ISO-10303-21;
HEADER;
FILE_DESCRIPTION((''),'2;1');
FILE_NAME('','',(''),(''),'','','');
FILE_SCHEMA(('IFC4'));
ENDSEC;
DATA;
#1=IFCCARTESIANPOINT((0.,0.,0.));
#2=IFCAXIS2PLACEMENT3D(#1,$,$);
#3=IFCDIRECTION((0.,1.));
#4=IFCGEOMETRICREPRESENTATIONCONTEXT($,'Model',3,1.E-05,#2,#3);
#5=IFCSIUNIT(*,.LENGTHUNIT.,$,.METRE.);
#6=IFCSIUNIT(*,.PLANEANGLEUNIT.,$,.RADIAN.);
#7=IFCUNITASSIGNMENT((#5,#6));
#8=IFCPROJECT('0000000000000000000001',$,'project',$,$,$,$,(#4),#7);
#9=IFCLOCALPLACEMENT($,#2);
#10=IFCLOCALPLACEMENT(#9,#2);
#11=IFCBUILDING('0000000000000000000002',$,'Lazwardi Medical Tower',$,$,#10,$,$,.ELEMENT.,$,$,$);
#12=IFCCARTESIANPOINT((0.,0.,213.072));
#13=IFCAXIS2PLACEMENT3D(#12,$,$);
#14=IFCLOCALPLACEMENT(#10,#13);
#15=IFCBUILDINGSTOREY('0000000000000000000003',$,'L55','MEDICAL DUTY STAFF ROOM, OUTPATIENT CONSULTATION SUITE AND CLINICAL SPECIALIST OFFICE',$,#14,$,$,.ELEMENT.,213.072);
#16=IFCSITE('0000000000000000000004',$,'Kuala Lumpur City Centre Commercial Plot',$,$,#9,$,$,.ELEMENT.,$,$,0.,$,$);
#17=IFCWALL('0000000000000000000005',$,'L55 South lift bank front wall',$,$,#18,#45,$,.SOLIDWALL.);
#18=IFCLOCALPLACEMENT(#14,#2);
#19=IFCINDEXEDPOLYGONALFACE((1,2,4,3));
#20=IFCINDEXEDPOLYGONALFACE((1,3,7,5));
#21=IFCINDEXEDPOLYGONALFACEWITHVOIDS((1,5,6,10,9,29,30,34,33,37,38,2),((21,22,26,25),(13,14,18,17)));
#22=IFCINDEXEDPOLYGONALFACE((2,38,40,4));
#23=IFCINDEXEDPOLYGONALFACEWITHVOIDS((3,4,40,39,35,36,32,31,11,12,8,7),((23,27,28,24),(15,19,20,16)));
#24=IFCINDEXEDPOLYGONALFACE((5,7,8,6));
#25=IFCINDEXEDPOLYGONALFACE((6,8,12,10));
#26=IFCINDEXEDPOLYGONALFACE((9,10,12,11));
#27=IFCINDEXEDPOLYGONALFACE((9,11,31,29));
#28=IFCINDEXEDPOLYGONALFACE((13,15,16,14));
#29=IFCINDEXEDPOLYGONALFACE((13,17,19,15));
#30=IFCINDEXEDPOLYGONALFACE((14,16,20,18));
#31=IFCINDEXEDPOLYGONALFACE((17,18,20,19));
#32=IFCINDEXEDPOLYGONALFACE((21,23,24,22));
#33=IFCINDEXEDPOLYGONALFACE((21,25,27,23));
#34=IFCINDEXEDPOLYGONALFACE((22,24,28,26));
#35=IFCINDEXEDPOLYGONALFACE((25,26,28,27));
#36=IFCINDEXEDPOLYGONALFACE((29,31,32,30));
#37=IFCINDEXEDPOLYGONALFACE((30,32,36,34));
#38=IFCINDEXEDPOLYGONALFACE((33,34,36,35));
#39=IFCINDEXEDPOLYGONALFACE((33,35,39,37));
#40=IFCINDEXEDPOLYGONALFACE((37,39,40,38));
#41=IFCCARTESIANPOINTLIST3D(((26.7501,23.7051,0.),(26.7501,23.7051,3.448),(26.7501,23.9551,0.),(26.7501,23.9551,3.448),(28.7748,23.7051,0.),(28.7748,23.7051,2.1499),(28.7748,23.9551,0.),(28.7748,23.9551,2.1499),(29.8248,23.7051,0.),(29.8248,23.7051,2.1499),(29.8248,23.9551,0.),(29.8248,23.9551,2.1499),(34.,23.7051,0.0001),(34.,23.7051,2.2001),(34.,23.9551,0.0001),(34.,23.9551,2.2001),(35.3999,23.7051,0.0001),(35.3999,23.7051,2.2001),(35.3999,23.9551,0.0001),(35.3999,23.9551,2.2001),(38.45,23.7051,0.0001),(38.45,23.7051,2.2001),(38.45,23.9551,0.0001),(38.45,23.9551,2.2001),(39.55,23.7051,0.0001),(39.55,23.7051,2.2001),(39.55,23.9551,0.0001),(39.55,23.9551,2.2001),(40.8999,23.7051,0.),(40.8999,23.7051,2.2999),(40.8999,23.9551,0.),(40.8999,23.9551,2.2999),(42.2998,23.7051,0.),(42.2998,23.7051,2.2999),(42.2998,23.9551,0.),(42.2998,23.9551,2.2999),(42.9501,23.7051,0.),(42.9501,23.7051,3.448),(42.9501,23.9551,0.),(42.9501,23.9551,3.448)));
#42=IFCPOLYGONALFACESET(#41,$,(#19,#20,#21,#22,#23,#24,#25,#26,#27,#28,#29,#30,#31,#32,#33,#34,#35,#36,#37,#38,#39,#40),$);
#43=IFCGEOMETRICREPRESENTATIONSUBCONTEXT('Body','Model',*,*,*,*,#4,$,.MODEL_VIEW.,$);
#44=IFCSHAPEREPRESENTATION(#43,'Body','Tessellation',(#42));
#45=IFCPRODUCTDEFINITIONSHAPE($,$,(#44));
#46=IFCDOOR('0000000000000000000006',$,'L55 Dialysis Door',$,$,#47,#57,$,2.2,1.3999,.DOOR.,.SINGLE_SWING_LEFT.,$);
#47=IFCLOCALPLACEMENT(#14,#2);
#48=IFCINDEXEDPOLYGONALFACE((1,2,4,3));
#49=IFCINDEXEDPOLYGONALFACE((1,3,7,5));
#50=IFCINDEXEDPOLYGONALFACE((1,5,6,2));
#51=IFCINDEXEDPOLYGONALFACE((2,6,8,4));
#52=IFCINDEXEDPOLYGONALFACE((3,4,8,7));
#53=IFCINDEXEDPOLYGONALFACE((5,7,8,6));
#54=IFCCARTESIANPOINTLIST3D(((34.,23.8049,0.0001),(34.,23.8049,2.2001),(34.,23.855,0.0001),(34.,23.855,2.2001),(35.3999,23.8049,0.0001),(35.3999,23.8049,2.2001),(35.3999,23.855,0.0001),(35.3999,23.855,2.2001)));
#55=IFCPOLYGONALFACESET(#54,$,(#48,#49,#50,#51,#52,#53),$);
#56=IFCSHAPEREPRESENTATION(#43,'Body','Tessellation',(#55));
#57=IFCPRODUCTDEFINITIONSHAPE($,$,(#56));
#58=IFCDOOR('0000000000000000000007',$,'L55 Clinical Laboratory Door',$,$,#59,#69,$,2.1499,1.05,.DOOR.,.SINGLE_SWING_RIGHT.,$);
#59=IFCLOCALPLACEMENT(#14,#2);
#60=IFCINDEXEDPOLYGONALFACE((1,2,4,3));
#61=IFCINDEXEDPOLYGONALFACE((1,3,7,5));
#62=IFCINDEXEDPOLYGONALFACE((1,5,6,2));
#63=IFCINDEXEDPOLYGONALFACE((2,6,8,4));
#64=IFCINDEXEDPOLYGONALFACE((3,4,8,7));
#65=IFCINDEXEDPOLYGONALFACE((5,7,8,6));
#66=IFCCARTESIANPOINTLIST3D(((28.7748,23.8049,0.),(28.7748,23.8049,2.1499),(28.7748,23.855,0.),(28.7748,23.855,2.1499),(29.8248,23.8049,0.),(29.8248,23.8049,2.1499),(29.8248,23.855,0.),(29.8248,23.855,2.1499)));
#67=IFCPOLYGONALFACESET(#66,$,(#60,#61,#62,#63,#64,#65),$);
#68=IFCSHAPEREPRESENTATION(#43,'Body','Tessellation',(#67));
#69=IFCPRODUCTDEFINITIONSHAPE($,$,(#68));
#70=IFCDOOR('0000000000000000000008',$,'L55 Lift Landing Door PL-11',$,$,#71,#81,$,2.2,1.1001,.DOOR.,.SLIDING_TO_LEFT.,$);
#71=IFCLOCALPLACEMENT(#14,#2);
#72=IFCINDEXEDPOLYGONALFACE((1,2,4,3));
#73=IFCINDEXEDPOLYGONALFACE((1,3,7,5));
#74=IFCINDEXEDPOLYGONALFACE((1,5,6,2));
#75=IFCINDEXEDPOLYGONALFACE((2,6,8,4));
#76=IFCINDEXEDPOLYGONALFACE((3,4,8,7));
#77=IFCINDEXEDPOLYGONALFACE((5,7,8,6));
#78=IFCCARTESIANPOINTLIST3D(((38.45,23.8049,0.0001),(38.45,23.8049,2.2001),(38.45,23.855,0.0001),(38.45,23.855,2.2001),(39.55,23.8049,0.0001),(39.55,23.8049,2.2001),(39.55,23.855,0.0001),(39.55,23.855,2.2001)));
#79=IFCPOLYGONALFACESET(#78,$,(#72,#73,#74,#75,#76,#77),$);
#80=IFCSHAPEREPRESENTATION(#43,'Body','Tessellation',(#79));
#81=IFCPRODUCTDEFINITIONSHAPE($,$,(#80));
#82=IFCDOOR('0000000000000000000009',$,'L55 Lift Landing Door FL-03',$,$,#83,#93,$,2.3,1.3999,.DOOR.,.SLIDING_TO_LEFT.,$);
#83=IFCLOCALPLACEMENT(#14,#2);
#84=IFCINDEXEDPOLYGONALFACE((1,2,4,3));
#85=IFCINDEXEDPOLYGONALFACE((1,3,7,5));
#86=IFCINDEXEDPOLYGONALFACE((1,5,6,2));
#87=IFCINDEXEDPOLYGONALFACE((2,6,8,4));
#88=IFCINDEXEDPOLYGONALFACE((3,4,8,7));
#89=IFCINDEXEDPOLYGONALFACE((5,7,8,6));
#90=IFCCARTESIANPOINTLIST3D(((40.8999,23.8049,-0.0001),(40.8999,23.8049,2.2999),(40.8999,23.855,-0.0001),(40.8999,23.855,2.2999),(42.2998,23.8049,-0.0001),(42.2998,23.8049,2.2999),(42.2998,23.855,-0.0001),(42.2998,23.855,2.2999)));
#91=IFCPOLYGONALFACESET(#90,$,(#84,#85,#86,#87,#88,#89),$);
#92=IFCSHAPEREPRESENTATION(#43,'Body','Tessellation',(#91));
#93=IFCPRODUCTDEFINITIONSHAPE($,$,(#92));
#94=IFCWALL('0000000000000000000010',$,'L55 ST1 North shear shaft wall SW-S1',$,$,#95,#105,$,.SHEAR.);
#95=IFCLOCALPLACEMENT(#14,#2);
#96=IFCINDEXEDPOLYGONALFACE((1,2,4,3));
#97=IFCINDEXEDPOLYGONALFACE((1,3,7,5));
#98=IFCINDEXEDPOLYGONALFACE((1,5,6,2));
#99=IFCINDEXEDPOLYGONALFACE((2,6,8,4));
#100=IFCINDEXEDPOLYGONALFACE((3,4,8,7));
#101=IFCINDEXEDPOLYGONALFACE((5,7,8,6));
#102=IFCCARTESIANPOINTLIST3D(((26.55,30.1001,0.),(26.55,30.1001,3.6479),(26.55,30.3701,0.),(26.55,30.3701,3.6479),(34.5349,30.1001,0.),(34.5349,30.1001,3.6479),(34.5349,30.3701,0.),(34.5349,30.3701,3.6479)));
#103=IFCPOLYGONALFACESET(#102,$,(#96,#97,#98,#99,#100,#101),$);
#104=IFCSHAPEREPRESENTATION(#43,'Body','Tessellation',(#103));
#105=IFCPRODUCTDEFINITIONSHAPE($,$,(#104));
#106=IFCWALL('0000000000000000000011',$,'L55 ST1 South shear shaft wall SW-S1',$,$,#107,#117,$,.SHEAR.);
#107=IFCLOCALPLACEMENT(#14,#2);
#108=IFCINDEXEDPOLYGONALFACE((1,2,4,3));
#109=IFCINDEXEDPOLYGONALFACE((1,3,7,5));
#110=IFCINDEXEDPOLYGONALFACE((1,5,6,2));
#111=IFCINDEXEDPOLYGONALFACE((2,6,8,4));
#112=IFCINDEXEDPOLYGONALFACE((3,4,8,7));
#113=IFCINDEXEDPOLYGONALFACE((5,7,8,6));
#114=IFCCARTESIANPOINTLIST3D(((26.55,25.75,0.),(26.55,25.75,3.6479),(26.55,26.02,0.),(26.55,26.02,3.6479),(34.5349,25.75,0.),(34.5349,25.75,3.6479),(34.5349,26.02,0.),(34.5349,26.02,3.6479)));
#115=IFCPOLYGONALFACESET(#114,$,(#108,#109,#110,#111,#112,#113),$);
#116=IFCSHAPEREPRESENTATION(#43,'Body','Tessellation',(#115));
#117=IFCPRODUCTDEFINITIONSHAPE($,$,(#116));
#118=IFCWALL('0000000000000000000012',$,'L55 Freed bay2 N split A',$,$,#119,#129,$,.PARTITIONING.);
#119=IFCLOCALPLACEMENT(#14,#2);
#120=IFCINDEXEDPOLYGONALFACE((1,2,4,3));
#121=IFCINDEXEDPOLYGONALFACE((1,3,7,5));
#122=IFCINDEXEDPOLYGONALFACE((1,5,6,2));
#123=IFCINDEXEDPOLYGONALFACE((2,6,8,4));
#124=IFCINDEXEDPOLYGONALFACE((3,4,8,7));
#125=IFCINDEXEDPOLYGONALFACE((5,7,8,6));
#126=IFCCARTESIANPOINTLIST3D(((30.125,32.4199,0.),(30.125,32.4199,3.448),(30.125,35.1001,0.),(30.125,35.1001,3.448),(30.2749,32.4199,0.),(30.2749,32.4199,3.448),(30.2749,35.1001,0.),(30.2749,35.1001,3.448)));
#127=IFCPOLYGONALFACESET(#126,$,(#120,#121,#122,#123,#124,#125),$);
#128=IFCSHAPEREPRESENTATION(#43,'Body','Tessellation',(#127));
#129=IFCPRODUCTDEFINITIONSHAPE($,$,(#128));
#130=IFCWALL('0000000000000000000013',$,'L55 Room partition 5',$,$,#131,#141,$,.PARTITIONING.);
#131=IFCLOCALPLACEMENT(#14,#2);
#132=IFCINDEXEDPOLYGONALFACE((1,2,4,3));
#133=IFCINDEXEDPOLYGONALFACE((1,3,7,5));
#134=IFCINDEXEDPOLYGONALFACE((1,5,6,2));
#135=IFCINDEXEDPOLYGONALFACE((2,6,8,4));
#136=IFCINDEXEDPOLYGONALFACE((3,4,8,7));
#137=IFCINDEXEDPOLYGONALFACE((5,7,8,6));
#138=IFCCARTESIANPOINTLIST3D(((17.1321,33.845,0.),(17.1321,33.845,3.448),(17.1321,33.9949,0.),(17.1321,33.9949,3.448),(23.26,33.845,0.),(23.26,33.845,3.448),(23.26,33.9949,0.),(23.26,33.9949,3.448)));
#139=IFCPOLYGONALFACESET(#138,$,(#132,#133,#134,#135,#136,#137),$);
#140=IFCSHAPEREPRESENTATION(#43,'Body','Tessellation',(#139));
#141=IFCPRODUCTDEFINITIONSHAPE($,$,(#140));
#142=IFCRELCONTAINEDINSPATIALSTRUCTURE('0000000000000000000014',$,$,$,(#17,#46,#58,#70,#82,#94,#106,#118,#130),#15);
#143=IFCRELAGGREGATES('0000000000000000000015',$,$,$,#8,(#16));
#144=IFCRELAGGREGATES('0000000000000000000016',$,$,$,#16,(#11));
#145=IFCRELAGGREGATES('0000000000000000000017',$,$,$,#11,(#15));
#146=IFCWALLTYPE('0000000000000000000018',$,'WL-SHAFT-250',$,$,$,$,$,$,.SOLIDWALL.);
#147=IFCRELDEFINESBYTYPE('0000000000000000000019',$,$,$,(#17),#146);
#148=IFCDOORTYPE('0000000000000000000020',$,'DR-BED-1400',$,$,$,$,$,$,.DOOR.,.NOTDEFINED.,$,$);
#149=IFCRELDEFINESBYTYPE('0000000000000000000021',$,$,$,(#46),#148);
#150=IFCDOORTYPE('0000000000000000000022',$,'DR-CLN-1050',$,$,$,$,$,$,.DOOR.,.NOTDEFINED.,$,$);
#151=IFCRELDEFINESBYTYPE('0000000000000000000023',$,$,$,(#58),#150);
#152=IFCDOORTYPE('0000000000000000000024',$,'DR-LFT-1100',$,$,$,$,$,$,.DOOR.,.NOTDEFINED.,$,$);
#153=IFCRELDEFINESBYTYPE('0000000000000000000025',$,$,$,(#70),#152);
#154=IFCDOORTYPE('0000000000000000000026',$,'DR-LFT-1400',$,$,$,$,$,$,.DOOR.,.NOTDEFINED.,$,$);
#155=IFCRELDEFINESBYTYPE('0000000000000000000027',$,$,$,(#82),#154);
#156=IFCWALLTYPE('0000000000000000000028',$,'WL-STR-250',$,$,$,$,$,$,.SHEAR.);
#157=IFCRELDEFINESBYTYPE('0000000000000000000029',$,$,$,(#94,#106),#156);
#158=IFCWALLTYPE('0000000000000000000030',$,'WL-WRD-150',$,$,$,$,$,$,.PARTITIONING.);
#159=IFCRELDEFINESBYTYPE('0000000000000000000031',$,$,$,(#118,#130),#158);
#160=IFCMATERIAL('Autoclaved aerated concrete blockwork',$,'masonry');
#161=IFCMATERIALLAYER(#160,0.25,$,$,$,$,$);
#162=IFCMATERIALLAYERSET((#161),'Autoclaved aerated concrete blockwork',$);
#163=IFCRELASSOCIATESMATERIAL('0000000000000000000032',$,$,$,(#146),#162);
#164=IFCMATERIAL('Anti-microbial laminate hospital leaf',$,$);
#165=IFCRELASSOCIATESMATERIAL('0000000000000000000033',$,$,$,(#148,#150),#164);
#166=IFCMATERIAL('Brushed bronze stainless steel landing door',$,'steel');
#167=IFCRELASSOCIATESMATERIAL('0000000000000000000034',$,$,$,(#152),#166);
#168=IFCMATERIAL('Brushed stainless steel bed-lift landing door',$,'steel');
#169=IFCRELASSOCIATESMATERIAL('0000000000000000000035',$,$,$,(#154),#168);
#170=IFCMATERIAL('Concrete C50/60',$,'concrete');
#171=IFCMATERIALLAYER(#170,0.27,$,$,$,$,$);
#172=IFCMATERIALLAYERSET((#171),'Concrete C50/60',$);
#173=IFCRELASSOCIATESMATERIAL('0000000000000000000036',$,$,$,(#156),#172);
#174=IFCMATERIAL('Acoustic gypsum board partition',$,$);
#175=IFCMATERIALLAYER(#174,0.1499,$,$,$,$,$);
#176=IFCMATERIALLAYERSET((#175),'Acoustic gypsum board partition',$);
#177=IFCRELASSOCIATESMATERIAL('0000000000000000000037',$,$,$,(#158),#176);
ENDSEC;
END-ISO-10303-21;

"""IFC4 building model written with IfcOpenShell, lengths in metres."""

from ifc_helpers import new_model, si_unit, direction, frame, frame_2d, origin, place, context, subcontext, project, spatial, rectangle, extrude, material, layer, layer_set, type_object, element, fill, save


model = new_model("IFC4")

# Units and contexts
model_context = context("Model", 3, precision=1e-05, world=origin(), true_north=direction((0.0, 1.0)))
body_context = subcontext(model_context, "Body", "Model", "MODEL_VIEW")
ifc_project = project(units=[si_unit("LENGTHUNIT", "METRE"), si_unit("PLANEANGLEUNIT", "RADIAN")], contexts=[model_context])

# Site, building, storey
site_placement = place(None, origin())
site = spatial("IfcSite", under=ifc_project, at=site_placement, Name="Kuala Lumpur City Centre Commercial Plot", CompositionType="ELEMENT", RefElevation=0.0)
building_placement = place(site_placement, origin())
building = spatial("IfcBuilding", under=site, at=building_placement, Name="Lazwardi Medical Tower", CompositionType="ELEMENT")
storey_placement = place(building_placement, frame((0.0, 0.0, 213.072)))
storey = spatial("IfcBuildingStorey", under=building, at=storey_placement, Name="L55", Description="MEDICAL DUTY STAFF ROOM, OUTPATIENT CONSULTATION SUITE AND CLINICAL SPECIALIST OFFICE", CompositionType="ELEMENT", Elevation=213.072)

# Wall, openings, doors
ifc_material_1 = material(Name="Autoclaved aerated concrete blockwork", Category="masonry")
ifc_layer_1 = layer(ifc_material_1, 0.25)
ifc_layer_set_1 = layer_set([ifc_layer_1], Name="Autoclaved aerated concrete blockwork")
wall_type_1 = type_object("IfcWallType", Name="WL-SHAFT-250", PredefinedType="SOLIDWALL", material=ifc_layer_set_1)
wall_1_placement = place(storey_placement, frame((26.75, 23.8301, 0.0), z_axis=(0.0, 0.0, 1.0), x_axis=(1.0, 0.0, 0.0)))
wall_1 = element("IfcWall", 1, at=wall_1_placement, inside=storey, type_object=wall_type_1, Name="L55 South lift bank front wall", PredefinedType="SOLIDWALL", context=body_context, shape_type="SweptSolid", body=[
    extrude(rectangle(XDim=16.2, YDim=0.25, at=frame_2d((8.1001, 0.0))), origin(), (0.0, 0.0, 1.0), 3.448),
])
opening_1_placement = place(wall_1_placement, frame((2.0249, 0.0, 0.0)))
opening_1 = element("IfcOpeningElement", 2, at=opening_1_placement, cuts=wall_1, PredefinedType="OPENING", context=body_context, shape_type="SweptSolid", body=[
    extrude(rectangle(XDim=1.05, YDim=2.1499, at=frame_2d((0.5249, 1.075))), frame((0.0, 0.135, 0.0), z_axis=(0.0, -1.0, 0.0), x_axis=(1.0, 0.0, 0.0)), (0.0, 0.0, 1.0), 0.27),
])
opening_2_placement = place(wall_1_placement, frame((7.25, 0.0, 0.0)))
opening_2 = element("IfcOpeningElement", 3, at=opening_2_placement, cuts=wall_1, PredefinedType="OPENING", context=body_context, shape_type="SweptSolid", body=[
    extrude(rectangle(XDim=1.3999, YDim=2.2, at=frame_2d((0.7, 1.1001))), frame((0.0, 0.135, 0.0), z_axis=(0.0, -1.0, 0.0), x_axis=(1.0, 0.0, 0.0)), (0.0, 0.0, 1.0), 0.27),
])
opening_3_placement = place(wall_1_placement, frame((11.7, 0.0, 0.0)))
opening_3 = element("IfcOpeningElement", 4, at=opening_3_placement, cuts=wall_1, PredefinedType="OPENING", context=body_context, shape_type="SweptSolid", body=[
    extrude(rectangle(XDim=1.1001, YDim=2.2, at=frame_2d((0.55, 1.1001))), frame((0.0, 0.135, 0.0), z_axis=(0.0, -1.0, 0.0), x_axis=(1.0, 0.0, 0.0)), (0.0, 0.0, 1.0), 0.27),
])
opening_4_placement = place(wall_1_placement, frame((14.1499, 0.0, 0.0)))
opening_4 = element("IfcOpeningElement", 5, at=opening_4_placement, cuts=wall_1, PredefinedType="OPENING", context=body_context, shape_type="SweptSolid", body=[
    extrude(rectangle(XDim=1.3999, YDim=2.3, at=frame_2d((0.7, 1.1499))), frame((0.0, 0.135, 0.0), z_axis=(0.0, -1.0, 0.0), x_axis=(1.0, 0.0, 0.0)), (0.0, 0.0, 1.0), 0.27),
])
ifc_material_2 = material(Name="Anti-microbial laminate hospital leaf")
door_type_1 = type_object("IfcDoorType", Name="DR-BED-1400", OperationType="NOTDEFINED", PredefinedType="DOOR", material=ifc_material_2)
door_1_placement = place(opening_2_placement, origin())
door_1 = element("IfcDoor", 6, at=door_1_placement, inside=storey, type_object=door_type_1, Name="L55 Dialysis Door", OperationType="SINGLE_SWING_LEFT", OverallHeight=2.2, OverallWidth=1.3999, PredefinedType="DOOR", context=body_context, shape_type="SweptSolid", body=[
    extrude(rectangle(XDim=1.3999, YDim=2.2, at=frame_2d((0.7, 1.1001))), frame((0.0, 0.0249, 0.0), z_axis=(0.0, -1.0, 0.0), x_axis=(1.0, 0.0, 0.0)), (0.0, 0.0, 1.0), 0.05),
])
fill(opening_2, door_1)
door_type_2 = type_object("IfcDoorType", Name="DR-CLN-1050", OperationType="NOTDEFINED", PredefinedType="DOOR", material=ifc_material_2)
door_2_placement = place(opening_1_placement, origin())
door_2 = element("IfcDoor", 7, at=door_2_placement, inside=storey, type_object=door_type_2, Name="L55 Clinical Laboratory Door", OperationType="SINGLE_SWING_RIGHT", OverallHeight=2.1499, OverallWidth=1.05, PredefinedType="DOOR", context=body_context, shape_type="SweptSolid", body=[
    extrude(rectangle(XDim=1.05, YDim=2.1499, at=frame_2d((0.5249, 1.075))), frame((0.0, 0.0249, 0.0), z_axis=(0.0, -1.0, 0.0), x_axis=(1.0, 0.0, 0.0)), (0.0, 0.0, 1.0), 0.05),
])
fill(opening_1, door_2)
ifc_material_3 = material(Name="Brushed bronze stainless steel landing door", Category="steel")
door_type_3 = type_object("IfcDoorType", Name="DR-LFT-1100", OperationType="NOTDEFINED", PredefinedType="DOOR", material=ifc_material_3)
door_3_placement = place(opening_3_placement, origin())
door_3 = element("IfcDoor", 8, at=door_3_placement, inside=storey, type_object=door_type_3, Name="L55 Lift Landing Door PL-11", OperationType="SLIDING_TO_LEFT", OverallHeight=2.2, OverallWidth=1.1001, PredefinedType="DOOR", context=body_context, shape_type="SweptSolid", body=[
    extrude(rectangle(XDim=1.1001, YDim=2.2, at=frame_2d((0.55, 1.1001))), frame((0.0, 0.0249, 0.0), z_axis=(0.0, -1.0, 0.0), x_axis=(1.0, 0.0, 0.0)), (0.0, 0.0, 1.0), 0.05),
])
fill(opening_3, door_3)
ifc_material_4 = material(Name="Brushed stainless steel bed-lift landing door", Category="steel")
door_type_4 = type_object("IfcDoorType", Name="DR-LFT-1400", OperationType="NOTDEFINED", PredefinedType="DOOR", material=ifc_material_4)
door_4_placement = place(opening_4_placement, origin())
door_4 = element("IfcDoor", 9, at=door_4_placement, inside=storey, type_object=door_type_4, Name="L55 Lift Landing Door FL-03", OperationType="SLIDING_TO_LEFT", OverallHeight=2.3, OverallWidth=1.3999, PredefinedType="DOOR", context=body_context, shape_type="SweptSolid", body=[
    extrude(rectangle(XDim=1.3999, YDim=2.3, at=frame_2d((0.7, 1.1499))), frame((0.0, 0.0249, 0.0), z_axis=(0.0, -1.0, 0.0), x_axis=(1.0, 0.0, 0.0)), (0.0, 0.0, 1.0), 0.05),
])
fill(opening_4, door_4)

# Walls
ifc_material_5 = material(Name="Concrete C50/60", Category="concrete")
ifc_layer_2 = layer(ifc_material_5, 0.27)
ifc_layer_set_2 = layer_set([ifc_layer_2], Name="Concrete C50/60")
wall_type_2 = type_object("IfcWallType", Name="WL-STR-250", PredefinedType="SHEAR", material=ifc_layer_set_2)
for number, where, z_axis, x_axis, name in (
    (10, (26.55, 30.2351, 0.0), (0.0, 0.0, 1.0), (1.0, 0.0, 0.0), "L55 ST1 North shear shaft wall SW-S1"),
    (11, (26.55, 25.885, 0.0), (0.0, 0.0, 1.0), (1.0, 0.0, 0.0), "L55 ST1 South shear shaft wall SW-S1"),
):
    element("IfcWall", number, at=place(storey_placement, frame(where, z_axis=z_axis, x_axis=x_axis)), inside=storey, type_object=wall_type_2, Name=name, PredefinedType="SHEAR", context=body_context, shape_type="SweptSolid", body=[
        extrude(rectangle(XDim=7.9849, YDim=0.27, at=frame_2d((3.9924, 0.0))), origin(), (0.0, 0.0, 1.0), 3.6479),
    ])

# Walls
ifc_material_6 = material(Name="Acoustic gypsum board partition")
ifc_layer_3 = layer(ifc_material_6, 0.1499)
ifc_layer_set_3 = layer_set([ifc_layer_3], Name="Acoustic gypsum board partition")
wall_type_3 = type_object("IfcWallType", Name="WL-WRD-150", PredefinedType="PARTITIONING", material=ifc_layer_set_3)
wall_2_placement = place(storey_placement, frame((30.2, 32.4199, 0.0), z_axis=(0.0, 0.0, 1.0), x_axis=(0.0, 1.0, 0.0)))
element("IfcWall", 12, at=wall_2_placement, inside=storey, type_object=wall_type_3, Name="L55 Freed bay2 N split A", PredefinedType="PARTITIONING", context=body_context, shape_type="SweptSolid", body=[
    extrude(rectangle(XDim=2.6802, YDim=0.1499, at=frame_2d((1.3401, 0.0))), origin(), (0.0, 0.0, 1.0), 3.448),
])
wall_3_placement = place(storey_placement, frame((17.1321, 33.9199, 0.0), z_axis=(0.0, 0.0, 1.0), x_axis=(1.0, 0.0, 0.0)))
element("IfcWall", 13, at=wall_3_placement, inside=storey, type_object=wall_type_3, Name="L55 Room partition 5", PredefinedType="PARTITIONING", context=body_context, shape_type="SweptSolid", body=[
    extrude(rectangle(XDim=6.1279, YDim=0.1499, at=frame_2d((3.064, 0.0))), origin(), (0.0, 0.0, 1.0), 3.448),
])

save(model, "model.ifc")
